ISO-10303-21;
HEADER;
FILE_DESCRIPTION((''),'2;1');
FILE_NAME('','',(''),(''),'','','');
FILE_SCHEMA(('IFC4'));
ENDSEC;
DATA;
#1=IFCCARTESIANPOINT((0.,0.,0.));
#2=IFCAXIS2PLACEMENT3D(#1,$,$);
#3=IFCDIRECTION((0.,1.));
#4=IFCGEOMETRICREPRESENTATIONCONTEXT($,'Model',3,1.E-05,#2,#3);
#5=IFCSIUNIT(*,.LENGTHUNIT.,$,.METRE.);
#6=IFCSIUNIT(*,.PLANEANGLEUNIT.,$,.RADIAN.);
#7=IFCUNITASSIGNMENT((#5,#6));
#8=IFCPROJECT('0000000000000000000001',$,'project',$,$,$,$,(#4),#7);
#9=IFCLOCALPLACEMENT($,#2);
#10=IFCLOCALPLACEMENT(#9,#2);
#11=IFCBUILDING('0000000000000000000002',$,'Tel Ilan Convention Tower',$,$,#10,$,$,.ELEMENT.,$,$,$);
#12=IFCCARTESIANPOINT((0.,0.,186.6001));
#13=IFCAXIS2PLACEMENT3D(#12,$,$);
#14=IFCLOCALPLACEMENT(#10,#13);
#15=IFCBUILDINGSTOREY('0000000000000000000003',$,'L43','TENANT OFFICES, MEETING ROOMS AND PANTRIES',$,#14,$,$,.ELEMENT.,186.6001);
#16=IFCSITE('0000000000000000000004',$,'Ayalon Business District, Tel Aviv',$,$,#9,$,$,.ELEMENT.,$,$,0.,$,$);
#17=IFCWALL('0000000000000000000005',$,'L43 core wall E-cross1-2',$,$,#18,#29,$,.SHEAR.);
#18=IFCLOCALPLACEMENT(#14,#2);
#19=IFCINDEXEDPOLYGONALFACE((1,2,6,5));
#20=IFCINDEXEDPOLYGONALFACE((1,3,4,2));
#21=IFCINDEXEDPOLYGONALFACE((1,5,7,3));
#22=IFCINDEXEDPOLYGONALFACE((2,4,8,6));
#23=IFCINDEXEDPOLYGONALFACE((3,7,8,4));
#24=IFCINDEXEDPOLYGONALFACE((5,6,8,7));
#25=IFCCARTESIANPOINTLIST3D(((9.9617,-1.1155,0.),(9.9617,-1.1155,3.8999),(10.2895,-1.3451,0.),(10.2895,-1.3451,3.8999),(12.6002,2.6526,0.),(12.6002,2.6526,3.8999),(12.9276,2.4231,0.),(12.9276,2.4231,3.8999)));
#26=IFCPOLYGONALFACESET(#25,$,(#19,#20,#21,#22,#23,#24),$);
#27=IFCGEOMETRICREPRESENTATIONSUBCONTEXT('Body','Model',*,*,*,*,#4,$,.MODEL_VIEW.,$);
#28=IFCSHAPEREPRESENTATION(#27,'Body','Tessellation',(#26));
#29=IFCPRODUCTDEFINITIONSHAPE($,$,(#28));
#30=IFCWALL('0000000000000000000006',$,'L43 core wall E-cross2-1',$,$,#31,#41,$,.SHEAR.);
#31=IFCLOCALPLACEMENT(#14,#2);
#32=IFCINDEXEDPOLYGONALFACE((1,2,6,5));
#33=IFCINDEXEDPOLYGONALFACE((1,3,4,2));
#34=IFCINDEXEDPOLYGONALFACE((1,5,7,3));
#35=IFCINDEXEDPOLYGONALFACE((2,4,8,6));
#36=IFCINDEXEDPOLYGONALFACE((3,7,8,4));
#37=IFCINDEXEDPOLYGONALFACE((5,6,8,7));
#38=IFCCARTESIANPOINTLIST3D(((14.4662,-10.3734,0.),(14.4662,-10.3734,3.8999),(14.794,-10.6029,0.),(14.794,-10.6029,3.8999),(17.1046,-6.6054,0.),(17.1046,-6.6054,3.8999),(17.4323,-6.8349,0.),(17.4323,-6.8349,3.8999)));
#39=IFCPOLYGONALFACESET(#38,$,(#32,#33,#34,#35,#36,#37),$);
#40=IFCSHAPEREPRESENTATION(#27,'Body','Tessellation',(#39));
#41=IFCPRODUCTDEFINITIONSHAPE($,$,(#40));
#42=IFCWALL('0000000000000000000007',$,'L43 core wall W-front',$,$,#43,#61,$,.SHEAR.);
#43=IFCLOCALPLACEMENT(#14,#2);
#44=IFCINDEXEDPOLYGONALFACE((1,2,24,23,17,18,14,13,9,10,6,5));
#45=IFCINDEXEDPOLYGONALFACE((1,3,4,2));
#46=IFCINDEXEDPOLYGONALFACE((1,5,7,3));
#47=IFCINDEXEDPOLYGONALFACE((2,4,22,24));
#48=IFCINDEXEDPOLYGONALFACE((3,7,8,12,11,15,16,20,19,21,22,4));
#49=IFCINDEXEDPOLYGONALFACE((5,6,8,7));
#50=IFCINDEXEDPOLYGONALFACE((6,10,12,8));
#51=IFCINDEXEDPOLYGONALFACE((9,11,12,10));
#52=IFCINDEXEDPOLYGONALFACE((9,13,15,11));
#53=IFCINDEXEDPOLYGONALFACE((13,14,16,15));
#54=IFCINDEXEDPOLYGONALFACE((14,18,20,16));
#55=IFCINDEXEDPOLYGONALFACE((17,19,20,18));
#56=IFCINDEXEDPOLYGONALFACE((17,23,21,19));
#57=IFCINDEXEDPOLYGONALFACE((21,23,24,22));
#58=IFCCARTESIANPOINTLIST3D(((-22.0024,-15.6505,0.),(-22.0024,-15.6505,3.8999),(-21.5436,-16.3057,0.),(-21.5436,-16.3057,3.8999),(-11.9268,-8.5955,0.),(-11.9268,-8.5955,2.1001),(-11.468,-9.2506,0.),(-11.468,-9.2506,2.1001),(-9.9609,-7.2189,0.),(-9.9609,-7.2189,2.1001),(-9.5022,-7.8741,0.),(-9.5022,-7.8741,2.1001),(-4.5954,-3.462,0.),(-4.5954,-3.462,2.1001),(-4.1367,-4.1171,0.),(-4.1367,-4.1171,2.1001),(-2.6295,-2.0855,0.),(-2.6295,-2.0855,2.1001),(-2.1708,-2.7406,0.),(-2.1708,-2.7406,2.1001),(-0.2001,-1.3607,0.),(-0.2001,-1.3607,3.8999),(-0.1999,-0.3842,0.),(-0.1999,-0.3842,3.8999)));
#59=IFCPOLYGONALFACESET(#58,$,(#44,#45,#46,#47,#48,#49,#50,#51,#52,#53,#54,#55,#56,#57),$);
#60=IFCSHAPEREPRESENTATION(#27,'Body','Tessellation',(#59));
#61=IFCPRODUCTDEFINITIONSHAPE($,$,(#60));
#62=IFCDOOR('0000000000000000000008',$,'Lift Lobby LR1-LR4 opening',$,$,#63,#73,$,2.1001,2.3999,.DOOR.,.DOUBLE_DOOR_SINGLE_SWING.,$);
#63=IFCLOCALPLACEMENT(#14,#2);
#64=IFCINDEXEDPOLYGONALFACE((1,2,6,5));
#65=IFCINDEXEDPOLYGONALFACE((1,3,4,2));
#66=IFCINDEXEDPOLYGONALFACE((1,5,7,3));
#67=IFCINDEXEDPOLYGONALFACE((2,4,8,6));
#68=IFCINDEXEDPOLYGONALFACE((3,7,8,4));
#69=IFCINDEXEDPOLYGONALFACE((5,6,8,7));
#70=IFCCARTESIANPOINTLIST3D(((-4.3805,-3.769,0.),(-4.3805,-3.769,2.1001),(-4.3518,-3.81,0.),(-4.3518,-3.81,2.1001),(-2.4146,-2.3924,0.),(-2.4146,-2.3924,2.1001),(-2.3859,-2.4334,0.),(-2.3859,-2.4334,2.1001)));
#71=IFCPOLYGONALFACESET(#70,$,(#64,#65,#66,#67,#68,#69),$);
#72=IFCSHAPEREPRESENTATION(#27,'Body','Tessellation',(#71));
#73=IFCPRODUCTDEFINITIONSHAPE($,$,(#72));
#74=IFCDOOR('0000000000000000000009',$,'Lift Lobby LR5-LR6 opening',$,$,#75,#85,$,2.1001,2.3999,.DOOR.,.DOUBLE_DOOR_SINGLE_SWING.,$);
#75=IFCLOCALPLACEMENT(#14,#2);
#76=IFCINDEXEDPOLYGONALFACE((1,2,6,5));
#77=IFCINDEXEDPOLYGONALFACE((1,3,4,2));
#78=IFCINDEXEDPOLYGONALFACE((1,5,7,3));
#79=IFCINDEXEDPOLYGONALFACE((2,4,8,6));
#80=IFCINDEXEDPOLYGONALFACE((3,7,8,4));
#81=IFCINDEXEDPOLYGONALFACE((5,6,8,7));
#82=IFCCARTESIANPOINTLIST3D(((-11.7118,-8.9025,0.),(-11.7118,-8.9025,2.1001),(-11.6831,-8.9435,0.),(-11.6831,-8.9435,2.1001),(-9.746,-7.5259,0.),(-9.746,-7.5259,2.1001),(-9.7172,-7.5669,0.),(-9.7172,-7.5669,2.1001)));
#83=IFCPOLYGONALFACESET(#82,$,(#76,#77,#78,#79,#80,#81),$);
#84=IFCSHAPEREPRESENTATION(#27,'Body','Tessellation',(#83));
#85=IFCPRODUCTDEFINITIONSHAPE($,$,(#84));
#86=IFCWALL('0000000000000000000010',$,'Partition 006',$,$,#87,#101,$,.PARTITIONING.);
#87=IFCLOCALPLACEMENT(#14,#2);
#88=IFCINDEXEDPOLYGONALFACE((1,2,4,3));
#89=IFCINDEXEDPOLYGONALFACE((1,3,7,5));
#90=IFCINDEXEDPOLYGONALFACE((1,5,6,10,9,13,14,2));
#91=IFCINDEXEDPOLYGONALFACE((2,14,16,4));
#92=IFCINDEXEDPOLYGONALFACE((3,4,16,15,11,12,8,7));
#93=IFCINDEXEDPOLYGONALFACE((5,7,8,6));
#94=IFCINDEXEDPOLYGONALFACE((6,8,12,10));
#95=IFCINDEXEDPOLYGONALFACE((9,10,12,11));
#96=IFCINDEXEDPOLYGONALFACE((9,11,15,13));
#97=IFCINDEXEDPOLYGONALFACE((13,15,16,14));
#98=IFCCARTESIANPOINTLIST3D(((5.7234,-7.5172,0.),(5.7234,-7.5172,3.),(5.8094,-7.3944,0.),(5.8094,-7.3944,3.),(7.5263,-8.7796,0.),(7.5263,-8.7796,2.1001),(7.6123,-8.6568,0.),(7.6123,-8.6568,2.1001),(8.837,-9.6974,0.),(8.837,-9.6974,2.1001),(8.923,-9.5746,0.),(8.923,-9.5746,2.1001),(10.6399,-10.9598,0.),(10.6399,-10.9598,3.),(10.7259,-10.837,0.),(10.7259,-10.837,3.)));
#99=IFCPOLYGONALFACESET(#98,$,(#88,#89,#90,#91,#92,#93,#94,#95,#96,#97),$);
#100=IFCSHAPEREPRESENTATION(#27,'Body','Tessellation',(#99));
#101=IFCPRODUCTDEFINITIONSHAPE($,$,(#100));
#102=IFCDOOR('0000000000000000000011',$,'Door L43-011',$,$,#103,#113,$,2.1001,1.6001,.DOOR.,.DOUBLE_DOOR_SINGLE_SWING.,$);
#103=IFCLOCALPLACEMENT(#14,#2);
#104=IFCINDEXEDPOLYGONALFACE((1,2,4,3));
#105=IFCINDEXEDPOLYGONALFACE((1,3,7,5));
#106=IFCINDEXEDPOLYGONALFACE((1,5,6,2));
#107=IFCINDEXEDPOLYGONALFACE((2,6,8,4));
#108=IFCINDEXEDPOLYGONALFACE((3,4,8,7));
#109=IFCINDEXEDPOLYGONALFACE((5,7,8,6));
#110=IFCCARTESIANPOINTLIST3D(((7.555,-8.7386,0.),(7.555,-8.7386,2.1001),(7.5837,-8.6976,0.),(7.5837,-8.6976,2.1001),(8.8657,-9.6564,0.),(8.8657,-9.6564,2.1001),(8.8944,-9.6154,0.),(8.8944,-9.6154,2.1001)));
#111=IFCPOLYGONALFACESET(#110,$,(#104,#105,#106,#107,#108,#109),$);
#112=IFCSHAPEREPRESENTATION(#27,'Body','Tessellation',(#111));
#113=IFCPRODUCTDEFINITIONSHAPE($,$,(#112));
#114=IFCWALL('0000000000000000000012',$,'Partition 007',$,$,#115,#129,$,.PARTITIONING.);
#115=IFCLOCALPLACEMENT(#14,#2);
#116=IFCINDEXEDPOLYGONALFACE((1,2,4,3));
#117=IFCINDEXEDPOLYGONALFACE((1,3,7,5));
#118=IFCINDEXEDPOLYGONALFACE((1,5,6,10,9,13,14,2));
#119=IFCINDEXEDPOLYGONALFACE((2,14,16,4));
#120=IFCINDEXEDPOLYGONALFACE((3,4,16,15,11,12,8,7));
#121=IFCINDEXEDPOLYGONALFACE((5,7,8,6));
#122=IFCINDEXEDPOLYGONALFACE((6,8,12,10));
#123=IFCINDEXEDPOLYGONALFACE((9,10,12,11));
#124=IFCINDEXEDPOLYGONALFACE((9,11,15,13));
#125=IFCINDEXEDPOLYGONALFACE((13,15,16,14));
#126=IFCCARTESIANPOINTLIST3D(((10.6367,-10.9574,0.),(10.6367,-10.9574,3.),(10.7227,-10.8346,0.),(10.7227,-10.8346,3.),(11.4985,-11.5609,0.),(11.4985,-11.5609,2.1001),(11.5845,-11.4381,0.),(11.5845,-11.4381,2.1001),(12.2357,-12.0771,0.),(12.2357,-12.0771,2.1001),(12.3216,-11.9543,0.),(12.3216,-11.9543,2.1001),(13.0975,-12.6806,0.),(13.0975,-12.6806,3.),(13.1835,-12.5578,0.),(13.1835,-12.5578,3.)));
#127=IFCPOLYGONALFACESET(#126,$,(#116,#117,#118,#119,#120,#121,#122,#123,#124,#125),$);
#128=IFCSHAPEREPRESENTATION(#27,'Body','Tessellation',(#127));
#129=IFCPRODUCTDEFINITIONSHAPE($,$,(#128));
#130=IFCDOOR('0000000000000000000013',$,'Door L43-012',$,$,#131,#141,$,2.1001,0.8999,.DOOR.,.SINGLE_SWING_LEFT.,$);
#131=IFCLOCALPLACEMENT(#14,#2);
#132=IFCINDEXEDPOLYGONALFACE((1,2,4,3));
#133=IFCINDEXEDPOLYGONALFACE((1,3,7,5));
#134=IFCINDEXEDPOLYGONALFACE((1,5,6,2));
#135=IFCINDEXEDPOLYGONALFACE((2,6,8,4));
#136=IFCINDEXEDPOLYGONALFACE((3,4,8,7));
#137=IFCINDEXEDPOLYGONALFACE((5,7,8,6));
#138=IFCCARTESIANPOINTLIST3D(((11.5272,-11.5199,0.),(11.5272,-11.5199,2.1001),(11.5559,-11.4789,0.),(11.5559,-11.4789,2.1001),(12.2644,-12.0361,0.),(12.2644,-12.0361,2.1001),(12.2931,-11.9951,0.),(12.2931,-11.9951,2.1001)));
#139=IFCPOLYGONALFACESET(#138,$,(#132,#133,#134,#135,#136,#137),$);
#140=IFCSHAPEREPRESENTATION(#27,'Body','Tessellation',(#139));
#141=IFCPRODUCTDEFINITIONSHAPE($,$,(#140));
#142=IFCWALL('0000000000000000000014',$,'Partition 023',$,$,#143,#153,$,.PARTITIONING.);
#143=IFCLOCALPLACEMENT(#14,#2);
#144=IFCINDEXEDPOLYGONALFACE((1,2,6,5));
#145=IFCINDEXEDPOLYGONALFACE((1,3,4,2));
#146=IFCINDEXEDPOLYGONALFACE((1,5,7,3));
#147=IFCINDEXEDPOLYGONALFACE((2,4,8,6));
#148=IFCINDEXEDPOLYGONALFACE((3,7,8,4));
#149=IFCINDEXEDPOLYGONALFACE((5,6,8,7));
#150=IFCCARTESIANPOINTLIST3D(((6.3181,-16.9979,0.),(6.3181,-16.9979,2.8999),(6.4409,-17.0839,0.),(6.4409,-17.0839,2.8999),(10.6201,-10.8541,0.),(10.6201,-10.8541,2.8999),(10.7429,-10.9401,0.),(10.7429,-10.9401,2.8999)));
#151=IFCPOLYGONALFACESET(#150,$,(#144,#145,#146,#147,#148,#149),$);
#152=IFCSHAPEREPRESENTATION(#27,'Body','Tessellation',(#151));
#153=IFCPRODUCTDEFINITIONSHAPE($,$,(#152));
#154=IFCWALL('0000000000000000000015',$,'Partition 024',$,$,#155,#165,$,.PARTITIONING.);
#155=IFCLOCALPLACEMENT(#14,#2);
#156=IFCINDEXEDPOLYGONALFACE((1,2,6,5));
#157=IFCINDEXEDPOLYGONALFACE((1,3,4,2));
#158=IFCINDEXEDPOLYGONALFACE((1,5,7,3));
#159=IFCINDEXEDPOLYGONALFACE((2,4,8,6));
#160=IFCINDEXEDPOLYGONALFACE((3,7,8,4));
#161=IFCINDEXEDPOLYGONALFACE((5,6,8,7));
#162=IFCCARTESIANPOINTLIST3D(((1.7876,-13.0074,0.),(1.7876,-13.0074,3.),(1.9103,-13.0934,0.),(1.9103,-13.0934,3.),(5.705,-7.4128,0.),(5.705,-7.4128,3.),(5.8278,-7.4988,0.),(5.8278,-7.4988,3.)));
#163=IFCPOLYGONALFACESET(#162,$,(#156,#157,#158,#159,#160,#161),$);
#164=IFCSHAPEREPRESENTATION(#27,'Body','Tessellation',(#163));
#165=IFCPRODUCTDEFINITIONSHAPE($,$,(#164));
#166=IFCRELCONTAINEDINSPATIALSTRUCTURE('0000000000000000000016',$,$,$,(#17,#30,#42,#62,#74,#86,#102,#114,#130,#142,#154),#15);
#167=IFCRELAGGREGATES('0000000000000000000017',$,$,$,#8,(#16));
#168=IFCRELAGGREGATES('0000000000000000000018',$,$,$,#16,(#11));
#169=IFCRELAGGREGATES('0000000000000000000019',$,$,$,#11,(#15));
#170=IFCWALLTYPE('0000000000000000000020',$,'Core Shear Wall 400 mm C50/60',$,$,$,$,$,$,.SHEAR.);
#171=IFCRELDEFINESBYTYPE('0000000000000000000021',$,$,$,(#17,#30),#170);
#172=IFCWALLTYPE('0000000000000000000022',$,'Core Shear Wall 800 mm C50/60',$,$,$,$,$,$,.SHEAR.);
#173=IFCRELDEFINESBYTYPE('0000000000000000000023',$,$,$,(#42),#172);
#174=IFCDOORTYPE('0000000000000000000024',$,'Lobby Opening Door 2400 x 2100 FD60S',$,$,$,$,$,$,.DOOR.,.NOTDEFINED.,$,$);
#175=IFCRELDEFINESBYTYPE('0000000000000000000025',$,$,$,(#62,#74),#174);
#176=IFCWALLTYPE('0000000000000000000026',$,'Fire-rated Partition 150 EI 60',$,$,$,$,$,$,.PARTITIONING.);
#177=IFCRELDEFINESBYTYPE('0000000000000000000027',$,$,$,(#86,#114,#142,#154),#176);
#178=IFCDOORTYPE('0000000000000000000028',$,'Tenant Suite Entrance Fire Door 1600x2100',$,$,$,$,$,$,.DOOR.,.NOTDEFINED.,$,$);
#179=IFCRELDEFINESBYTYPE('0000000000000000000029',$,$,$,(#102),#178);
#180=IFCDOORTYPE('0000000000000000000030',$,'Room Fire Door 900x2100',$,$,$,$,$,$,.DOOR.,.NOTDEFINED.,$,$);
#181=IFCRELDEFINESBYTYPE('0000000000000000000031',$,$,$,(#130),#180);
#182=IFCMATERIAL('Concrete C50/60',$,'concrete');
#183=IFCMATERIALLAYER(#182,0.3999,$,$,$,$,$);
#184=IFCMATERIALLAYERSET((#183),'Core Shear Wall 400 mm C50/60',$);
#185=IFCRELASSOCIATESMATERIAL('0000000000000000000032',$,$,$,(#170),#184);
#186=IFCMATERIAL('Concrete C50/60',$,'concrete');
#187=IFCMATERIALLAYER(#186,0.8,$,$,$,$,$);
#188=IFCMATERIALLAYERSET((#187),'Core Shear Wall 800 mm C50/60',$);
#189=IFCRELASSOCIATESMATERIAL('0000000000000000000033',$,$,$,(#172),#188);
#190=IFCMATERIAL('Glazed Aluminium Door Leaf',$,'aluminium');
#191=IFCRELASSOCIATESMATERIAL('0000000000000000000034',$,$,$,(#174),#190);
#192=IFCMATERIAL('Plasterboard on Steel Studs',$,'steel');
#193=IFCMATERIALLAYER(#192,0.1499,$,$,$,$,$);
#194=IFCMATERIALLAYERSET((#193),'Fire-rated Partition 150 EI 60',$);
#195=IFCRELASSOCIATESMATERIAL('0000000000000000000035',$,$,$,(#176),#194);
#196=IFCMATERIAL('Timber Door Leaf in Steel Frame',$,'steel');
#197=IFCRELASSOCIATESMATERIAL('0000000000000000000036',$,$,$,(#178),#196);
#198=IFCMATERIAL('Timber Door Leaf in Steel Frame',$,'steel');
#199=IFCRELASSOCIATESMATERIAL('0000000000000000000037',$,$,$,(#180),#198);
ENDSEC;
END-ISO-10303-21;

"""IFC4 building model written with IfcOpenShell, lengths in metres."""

from ifc_helpers import new_model, si_unit, direction, frame, frame_2d, origin, place, context, subcontext, project, spatial, polyline, rectangle, outline, extrude, material, layer, layer_set, type_object, element, fill, save


model = new_model("IFC4")

# Units and contexts
model_context = context("Model", 3, precision=1e-05, world=origin(), true_north=direction((0.0, 1.0)))
body_context = subcontext(model_context, "Body", "Model", "MODEL_VIEW")
ifc_project = project(units=[si_unit("LENGTHUNIT", "METRE"), si_unit("PLANEANGLEUNIT", "RADIAN")], contexts=[model_context])

# Site, building, storey
site_placement = place(None, origin())
site = spatial("IfcSite", under=ifc_project, at=site_placement, Name="Ayalon Business District, Tel Aviv", CompositionType="ELEMENT", RefElevation=0.0)
building_placement = place(site_placement, origin())
building = spatial("IfcBuilding", under=site, at=building_placement, Name="Tel Ilan Convention Tower", CompositionType="ELEMENT")
storey_placement = place(building_placement, frame((0.0, 0.0, 186.6001)))
storey = spatial("IfcBuildingStorey", under=building, at=storey_placement, Name="L43", Description="TENANT OFFICES, MEETING ROOMS AND PANTRIES", CompositionType="ELEMENT", Elevation=186.6001)

# Walls
ifc_material_1 = material(Name="Concrete C50/60", Category="concrete")
ifc_layer_1 = layer(ifc_material_1, 0.3999)
ifc_layer_set_1 = layer_set([ifc_layer_1], Name="Core Shear Wall 400 mm C50/60")
wall_type_1 = type_object("IfcWallType", Name="Core Shear Wall 400 mm C50/60", PredefinedType="SHEAR", material=ifc_layer_set_1)
wall_1_placement = place(storey_placement, frame((10.1255, -1.2302, 0.0), z_axis=(0.0, 0.0, 1.0), x_axis=(0.573576, 0.819152, 0.0)))
element("IfcWall", 1, at=wall_1_placement, inside=storey, type_object=wall_type_1, Name="L43 core wall E-cross1-2", PredefinedType="SHEAR", context=body_context, shape_type="SweptSolid", body=[
    extrude(outline(polyline([(4.5999, -0.2), (4.6001, 0.2), (0.0, 0.2), (0.0, -0.2002), (4.5999, -0.2)])), origin(), (0.0, 0.0, 1.0), 3.8999),
])
wall_2_placement = place(storey_placement, frame((14.6299, -10.4883, 0.0), z_axis=(0.0, 0.0, 1.0), x_axis=(0.573612, 0.819127, 0.0)))
element("IfcWall", 2, at=wall_2_placement, inside=storey, type_object=wall_type_1, Name="L43 core wall E-cross2-1", PredefinedType="SHEAR", context=body_context, shape_type="SweptSolid", body=[
    extrude(outline(polyline([(0.0002, 0.2), (0.0002, -0.2002), (4.6001, -0.2), (4.6001, 0.2002), (0.0002, 0.2)])), origin(), (0.0, 0.0, 1.0), 3.8999),
])

# Wall, openings, doors
ifc_material_2 = material(Name="Concrete C50/60", Category="concrete")
ifc_layer_2 = layer(ifc_material_2, 0.8)
ifc_layer_set_2 = layer_set([ifc_layer_2], Name="Core Shear Wall 800 mm C50/60")
wall_type_2 = type_object("IfcWallType", Name="Core Shear Wall 800 mm C50/60", PredefinedType="SHEAR", material=ifc_layer_set_2)
wall_3_placement = place(storey_placement, frame((0.0293, -0.7119, 0.0), z_axis=(0.0, 0.0, 1.0), x_axis=(-0.819152, -0.573577, 0.0)))
wall_3 = element("IfcWall", 3, at=wall_3_placement, inside=storey, type_object=wall_type_2, Name="L43 core wall W-front", PredefinedType="SHEAR", context=body_context, shape_type="SweptSolid", body=[
    extrude(outline(polyline([(26.6157, 0.3999), (0.5601, 0.3999), (-0.0002, -0.3999), (26.6157, -0.3999), (26.6157, 0.3999)])), origin(), (0.0, 0.0, 1.0), 3.8999),
])
opening_1_placement = place(wall_3_placement, frame((2.9658, 0.0, 0.0)))
opening_1 = element("IfcOpeningElement", 4, at=opening_1_placement, cuts=wall_3, PredefinedType="OPENING", context=body_context, shape_type="SweptSolid", body=[
    extrude(rectangle(XDim=2.3999, YDim=2.1001, at=frame_2d((1.2, 1.05))), frame((0.0, 0.4099, 0.0), z_axis=(0.0, -1.0, 0.0), x_axis=(1.0, 0.0, 0.0)), (0.0, 0.0, 1.0), 0.8201),
])
opening_2_placement = place(wall_3_placement, frame((11.9158, 0.0, 0.0)))
opening_2 = element("IfcOpeningElement", 5, at=opening_2_placement, cuts=wall_3, PredefinedType="OPENING", context=body_context, shape_type="SweptSolid", body=[
    extrude(rectangle(XDim=2.3999, YDim=2.1001, at=frame_2d((1.2, 1.05))), frame((0.0, 0.4099, 0.0), z_axis=(0.0, -1.0, 0.0), x_axis=(1.0, 0.0, 0.0)), (0.0, 0.0, 1.0), 0.8201),
])
ifc_material_3 = material(Name="Glazed Aluminium Door Leaf", Category="aluminium")
door_type_1 = type_object("IfcDoorType", Name="Lobby Opening Door 2400 x 2100 FD60S", OperationType="NOTDEFINED", PredefinedType="DOOR", material=ifc_material_3)
door_1_placement = place(opening_1_placement, origin())
door_1 = element("IfcDoor", 6, at=door_1_placement, inside=storey, type_object=door_type_1, Name="Lift Lobby LR1-LR4 opening", OperationType="DOUBLE_DOOR_SINGLE_SWING", OverallHeight=2.1001, OverallWidth=2.3999, PredefinedType="DOOR", context=body_context, shape_type="SweptSolid", body=[
    extrude(rectangle(XDim=2.3999, YDim=2.1001, at=frame_2d((1.2, 1.05))), frame((0.0, 0.0249, 0.0), z_axis=(0.0, -1.0, 0.0), x_axis=(1.0, 0.0, 0.0)), (0.0, 0.0, 1.0), 0.05),
])
fill(opening_1, door_1)
door_2_placement = place(opening_2_placement, origin())
door_2 = element("IfcDoor", 7, at=door_2_placement, inside=storey, type_object=door_type_1, Name="Lift Lobby LR5-LR6 opening", OperationType="DOUBLE_DOOR_SINGLE_SWING", OverallHeight=2.1001, OverallWidth=2.3999, PredefinedType="DOOR", context=body_context, shape_type="SweptSolid", body=[
    extrude(rectangle(XDim=2.3999, YDim=2.1001, at=frame_2d((1.2, 1.05))), frame((0.0, 0.0249, 0.0), z_axis=(0.0, -1.0, 0.0), x_axis=(1.0, 0.0, 0.0)), (0.0, 0.0, 1.0), 0.05),
])
fill(opening_2, door_2)

# Walls, openings, doors
ifc_material_4 = material(Name="Plasterboard on Steel Studs", Category="steel")
ifc_layer_3 = layer(ifc_material_4, 0.1499)
ifc_layer_set_3 = layer_set([ifc_layer_3], Name="Fire-rated Partition 150 EI 60")
wall_type_3 = type_object("IfcWallType", Name="Fire-rated Partition 150 EI 60", PredefinedType="PARTITIONING", material=ifc_layer_set_3)
wall_4_placement = place(storey_placement, frame((10.6829, -10.8984, 0.0), z_axis=(0.0, 0.0, 1.0), x_axis=(-0.819148, 0.573582, 0.0)))
wall_4 = element("IfcWall", 8, at=wall_4_placement, inside=storey, type_object=wall_type_3, Name="Partition 006", PredefinedType="PARTITIONING", context=body_context, shape_type="SweptSolid", body=[
    extrude(rectangle(XDim=6.002, YDim=0.1499, at=frame_2d((3.001, 0.0))), origin(), (0.0, 0.0, 1.0), 3.0),
])
opening_3_placement = place(wall_4_placement, frame((2.2009, 0.0, 0.0)))
opening_3 = element("IfcOpeningElement", 9, at=opening_3_placement, cuts=wall_4, PredefinedType="OPENING", context=body_context, shape_type="SweptSolid", body=[
    extrude(rectangle(XDim=1.6001, YDim=2.1001, at=frame_2d((0.8, 1.05))), frame((0.0, 0.085, 0.0), z_axis=(0.0, -1.0, 0.0), x_axis=(1.0, 0.0, 0.0)), (0.0, 0.0, 1.0), 0.1699),
])
ifc_material_5 = material(Name="Timber Door Leaf in Steel Frame", Category="steel")
door_type_2 = type_object("IfcDoorType", Name="Tenant Suite Entrance Fire Door 1600x2100", OperationType="NOTDEFINED", PredefinedType="DOOR", material=ifc_material_5)
door_3_placement = place(opening_3_placement, origin())
door_3 = element("IfcDoor", 10, at=door_3_placement, inside=storey, type_object=door_type_2, Name="Door L43-011", OperationType="DOUBLE_DOOR_SINGLE_SWING", OverallHeight=2.1001, OverallWidth=1.6001, PredefinedType="DOOR", context=body_context, shape_type="SweptSolid", body=[
    extrude(rectangle(XDim=1.6001, YDim=2.1001, at=frame_2d((0.8, 1.05))), frame((0.0, 0.0249, 0.0), z_axis=(0.0, -1.0, 0.0), x_axis=(1.0, 0.0, 0.0)), (0.0, 0.0, 1.0), 0.05),
])
fill(opening_3, door_3)
wall_5_placement = place(storey_placement, frame((13.1404, -12.6191, 0.0), z_axis=(0.0, 0.0, 1.0), x_axis=(-0.819129, 0.57361, 0.0)))
wall_5 = element("IfcWall", 11, at=wall_5_placement, inside=storey, type_object=wall_type_3, Name="Partition 007", PredefinedType="PARTITIONING", context=body_context, shape_type="SweptSolid", body=[
    extrude(rectangle(XDim=3.0042, YDim=0.1499, at=frame_2d((1.502, 0.0))), origin(), (0.0, 0.0, 1.0), 3.0),
])
opening_4_placement = place(wall_5_placement, frame((1.052, 0.0, 0.0)))
opening_4 = element("IfcOpeningElement", 12, at=opening_4_placement, cuts=wall_5, PredefinedType="OPENING", context=body_context, shape_type="SweptSolid", body=[
    extrude(rectangle(XDim=0.8999, YDim=2.1001, at=frame_2d((0.45, 1.05))), frame((0.0, 0.085, 0.0), z_axis=(0.0, -1.0, 0.0), x_axis=(1.0, 0.0, 0.0)), (0.0, 0.0, 1.0), 0.1699),
])
ifc_material_6 = material(Name="Timber Door Leaf in Steel Frame", Category="steel")
door_type_3 = type_object("IfcDoorType", Name="Room Fire Door 900x2100", OperationType="NOTDEFINED", PredefinedType="DOOR", material=ifc_material_6)
door_4_placement = place(opening_4_placement, origin())
door_4 = element("IfcDoor", 13, at=door_4_placement, inside=storey, type_object=door_type_3, Name="Door L43-012", OperationType="SINGLE_SWING_LEFT", OverallHeight=2.1001, OverallWidth=0.8999, PredefinedType="DOOR", context=body_context, shape_type="SweptSolid", body=[
    extrude(rectangle(XDim=0.8999, YDim=2.1001, at=frame_2d((0.45, 1.05))), frame((0.0, 0.0249, 0.0), z_axis=(0.0, -1.0, 0.0), x_axis=(1.0, 0.0, 0.0)), (0.0, 0.0, 1.0), 0.05),
])
fill(opening_4, door_4)

# Walls
wall_6_placement = place(storey_placement, frame((10.6814, -10.8972, 0.0), z_axis=(0.0, 0.0, 1.0), x_axis=(-0.573582, -0.819148, 0.0)))
element("IfcWall", 14, at=wall_6_placement, inside=storey, type_object=wall_type_3, Name="Partition 023", PredefinedType="PARTITIONING", context=body_context, shape_type="SweptSolid", body=[
    extrude(rectangle(XDim=7.5002, YDim=0.1499, at=frame_2d((3.75, 0.0))), origin(), (0.0, 0.0, 1.0), 2.8999),
])
wall_7_placement = place(storey_placement, frame((1.8489, -13.0505, 0.0), z_axis=(0.0, 0.0, 1.0), x_axis=(0.573577, 0.819151, 0.0)))
element("IfcWall", 15, at=wall_7_placement, inside=storey, type_object=wall_type_3, Name="Partition 024", PredefinedType="PARTITIONING", context=body_context, shape_type="SweptSolid", body=[
    extrude(rectangle(XDim=6.8298, YDim=0.1499, at=frame_2d((3.415, 0.0))), origin(), (0.0, 0.0, 1.0), 3.0),
])

save(model, "model.ifc")
